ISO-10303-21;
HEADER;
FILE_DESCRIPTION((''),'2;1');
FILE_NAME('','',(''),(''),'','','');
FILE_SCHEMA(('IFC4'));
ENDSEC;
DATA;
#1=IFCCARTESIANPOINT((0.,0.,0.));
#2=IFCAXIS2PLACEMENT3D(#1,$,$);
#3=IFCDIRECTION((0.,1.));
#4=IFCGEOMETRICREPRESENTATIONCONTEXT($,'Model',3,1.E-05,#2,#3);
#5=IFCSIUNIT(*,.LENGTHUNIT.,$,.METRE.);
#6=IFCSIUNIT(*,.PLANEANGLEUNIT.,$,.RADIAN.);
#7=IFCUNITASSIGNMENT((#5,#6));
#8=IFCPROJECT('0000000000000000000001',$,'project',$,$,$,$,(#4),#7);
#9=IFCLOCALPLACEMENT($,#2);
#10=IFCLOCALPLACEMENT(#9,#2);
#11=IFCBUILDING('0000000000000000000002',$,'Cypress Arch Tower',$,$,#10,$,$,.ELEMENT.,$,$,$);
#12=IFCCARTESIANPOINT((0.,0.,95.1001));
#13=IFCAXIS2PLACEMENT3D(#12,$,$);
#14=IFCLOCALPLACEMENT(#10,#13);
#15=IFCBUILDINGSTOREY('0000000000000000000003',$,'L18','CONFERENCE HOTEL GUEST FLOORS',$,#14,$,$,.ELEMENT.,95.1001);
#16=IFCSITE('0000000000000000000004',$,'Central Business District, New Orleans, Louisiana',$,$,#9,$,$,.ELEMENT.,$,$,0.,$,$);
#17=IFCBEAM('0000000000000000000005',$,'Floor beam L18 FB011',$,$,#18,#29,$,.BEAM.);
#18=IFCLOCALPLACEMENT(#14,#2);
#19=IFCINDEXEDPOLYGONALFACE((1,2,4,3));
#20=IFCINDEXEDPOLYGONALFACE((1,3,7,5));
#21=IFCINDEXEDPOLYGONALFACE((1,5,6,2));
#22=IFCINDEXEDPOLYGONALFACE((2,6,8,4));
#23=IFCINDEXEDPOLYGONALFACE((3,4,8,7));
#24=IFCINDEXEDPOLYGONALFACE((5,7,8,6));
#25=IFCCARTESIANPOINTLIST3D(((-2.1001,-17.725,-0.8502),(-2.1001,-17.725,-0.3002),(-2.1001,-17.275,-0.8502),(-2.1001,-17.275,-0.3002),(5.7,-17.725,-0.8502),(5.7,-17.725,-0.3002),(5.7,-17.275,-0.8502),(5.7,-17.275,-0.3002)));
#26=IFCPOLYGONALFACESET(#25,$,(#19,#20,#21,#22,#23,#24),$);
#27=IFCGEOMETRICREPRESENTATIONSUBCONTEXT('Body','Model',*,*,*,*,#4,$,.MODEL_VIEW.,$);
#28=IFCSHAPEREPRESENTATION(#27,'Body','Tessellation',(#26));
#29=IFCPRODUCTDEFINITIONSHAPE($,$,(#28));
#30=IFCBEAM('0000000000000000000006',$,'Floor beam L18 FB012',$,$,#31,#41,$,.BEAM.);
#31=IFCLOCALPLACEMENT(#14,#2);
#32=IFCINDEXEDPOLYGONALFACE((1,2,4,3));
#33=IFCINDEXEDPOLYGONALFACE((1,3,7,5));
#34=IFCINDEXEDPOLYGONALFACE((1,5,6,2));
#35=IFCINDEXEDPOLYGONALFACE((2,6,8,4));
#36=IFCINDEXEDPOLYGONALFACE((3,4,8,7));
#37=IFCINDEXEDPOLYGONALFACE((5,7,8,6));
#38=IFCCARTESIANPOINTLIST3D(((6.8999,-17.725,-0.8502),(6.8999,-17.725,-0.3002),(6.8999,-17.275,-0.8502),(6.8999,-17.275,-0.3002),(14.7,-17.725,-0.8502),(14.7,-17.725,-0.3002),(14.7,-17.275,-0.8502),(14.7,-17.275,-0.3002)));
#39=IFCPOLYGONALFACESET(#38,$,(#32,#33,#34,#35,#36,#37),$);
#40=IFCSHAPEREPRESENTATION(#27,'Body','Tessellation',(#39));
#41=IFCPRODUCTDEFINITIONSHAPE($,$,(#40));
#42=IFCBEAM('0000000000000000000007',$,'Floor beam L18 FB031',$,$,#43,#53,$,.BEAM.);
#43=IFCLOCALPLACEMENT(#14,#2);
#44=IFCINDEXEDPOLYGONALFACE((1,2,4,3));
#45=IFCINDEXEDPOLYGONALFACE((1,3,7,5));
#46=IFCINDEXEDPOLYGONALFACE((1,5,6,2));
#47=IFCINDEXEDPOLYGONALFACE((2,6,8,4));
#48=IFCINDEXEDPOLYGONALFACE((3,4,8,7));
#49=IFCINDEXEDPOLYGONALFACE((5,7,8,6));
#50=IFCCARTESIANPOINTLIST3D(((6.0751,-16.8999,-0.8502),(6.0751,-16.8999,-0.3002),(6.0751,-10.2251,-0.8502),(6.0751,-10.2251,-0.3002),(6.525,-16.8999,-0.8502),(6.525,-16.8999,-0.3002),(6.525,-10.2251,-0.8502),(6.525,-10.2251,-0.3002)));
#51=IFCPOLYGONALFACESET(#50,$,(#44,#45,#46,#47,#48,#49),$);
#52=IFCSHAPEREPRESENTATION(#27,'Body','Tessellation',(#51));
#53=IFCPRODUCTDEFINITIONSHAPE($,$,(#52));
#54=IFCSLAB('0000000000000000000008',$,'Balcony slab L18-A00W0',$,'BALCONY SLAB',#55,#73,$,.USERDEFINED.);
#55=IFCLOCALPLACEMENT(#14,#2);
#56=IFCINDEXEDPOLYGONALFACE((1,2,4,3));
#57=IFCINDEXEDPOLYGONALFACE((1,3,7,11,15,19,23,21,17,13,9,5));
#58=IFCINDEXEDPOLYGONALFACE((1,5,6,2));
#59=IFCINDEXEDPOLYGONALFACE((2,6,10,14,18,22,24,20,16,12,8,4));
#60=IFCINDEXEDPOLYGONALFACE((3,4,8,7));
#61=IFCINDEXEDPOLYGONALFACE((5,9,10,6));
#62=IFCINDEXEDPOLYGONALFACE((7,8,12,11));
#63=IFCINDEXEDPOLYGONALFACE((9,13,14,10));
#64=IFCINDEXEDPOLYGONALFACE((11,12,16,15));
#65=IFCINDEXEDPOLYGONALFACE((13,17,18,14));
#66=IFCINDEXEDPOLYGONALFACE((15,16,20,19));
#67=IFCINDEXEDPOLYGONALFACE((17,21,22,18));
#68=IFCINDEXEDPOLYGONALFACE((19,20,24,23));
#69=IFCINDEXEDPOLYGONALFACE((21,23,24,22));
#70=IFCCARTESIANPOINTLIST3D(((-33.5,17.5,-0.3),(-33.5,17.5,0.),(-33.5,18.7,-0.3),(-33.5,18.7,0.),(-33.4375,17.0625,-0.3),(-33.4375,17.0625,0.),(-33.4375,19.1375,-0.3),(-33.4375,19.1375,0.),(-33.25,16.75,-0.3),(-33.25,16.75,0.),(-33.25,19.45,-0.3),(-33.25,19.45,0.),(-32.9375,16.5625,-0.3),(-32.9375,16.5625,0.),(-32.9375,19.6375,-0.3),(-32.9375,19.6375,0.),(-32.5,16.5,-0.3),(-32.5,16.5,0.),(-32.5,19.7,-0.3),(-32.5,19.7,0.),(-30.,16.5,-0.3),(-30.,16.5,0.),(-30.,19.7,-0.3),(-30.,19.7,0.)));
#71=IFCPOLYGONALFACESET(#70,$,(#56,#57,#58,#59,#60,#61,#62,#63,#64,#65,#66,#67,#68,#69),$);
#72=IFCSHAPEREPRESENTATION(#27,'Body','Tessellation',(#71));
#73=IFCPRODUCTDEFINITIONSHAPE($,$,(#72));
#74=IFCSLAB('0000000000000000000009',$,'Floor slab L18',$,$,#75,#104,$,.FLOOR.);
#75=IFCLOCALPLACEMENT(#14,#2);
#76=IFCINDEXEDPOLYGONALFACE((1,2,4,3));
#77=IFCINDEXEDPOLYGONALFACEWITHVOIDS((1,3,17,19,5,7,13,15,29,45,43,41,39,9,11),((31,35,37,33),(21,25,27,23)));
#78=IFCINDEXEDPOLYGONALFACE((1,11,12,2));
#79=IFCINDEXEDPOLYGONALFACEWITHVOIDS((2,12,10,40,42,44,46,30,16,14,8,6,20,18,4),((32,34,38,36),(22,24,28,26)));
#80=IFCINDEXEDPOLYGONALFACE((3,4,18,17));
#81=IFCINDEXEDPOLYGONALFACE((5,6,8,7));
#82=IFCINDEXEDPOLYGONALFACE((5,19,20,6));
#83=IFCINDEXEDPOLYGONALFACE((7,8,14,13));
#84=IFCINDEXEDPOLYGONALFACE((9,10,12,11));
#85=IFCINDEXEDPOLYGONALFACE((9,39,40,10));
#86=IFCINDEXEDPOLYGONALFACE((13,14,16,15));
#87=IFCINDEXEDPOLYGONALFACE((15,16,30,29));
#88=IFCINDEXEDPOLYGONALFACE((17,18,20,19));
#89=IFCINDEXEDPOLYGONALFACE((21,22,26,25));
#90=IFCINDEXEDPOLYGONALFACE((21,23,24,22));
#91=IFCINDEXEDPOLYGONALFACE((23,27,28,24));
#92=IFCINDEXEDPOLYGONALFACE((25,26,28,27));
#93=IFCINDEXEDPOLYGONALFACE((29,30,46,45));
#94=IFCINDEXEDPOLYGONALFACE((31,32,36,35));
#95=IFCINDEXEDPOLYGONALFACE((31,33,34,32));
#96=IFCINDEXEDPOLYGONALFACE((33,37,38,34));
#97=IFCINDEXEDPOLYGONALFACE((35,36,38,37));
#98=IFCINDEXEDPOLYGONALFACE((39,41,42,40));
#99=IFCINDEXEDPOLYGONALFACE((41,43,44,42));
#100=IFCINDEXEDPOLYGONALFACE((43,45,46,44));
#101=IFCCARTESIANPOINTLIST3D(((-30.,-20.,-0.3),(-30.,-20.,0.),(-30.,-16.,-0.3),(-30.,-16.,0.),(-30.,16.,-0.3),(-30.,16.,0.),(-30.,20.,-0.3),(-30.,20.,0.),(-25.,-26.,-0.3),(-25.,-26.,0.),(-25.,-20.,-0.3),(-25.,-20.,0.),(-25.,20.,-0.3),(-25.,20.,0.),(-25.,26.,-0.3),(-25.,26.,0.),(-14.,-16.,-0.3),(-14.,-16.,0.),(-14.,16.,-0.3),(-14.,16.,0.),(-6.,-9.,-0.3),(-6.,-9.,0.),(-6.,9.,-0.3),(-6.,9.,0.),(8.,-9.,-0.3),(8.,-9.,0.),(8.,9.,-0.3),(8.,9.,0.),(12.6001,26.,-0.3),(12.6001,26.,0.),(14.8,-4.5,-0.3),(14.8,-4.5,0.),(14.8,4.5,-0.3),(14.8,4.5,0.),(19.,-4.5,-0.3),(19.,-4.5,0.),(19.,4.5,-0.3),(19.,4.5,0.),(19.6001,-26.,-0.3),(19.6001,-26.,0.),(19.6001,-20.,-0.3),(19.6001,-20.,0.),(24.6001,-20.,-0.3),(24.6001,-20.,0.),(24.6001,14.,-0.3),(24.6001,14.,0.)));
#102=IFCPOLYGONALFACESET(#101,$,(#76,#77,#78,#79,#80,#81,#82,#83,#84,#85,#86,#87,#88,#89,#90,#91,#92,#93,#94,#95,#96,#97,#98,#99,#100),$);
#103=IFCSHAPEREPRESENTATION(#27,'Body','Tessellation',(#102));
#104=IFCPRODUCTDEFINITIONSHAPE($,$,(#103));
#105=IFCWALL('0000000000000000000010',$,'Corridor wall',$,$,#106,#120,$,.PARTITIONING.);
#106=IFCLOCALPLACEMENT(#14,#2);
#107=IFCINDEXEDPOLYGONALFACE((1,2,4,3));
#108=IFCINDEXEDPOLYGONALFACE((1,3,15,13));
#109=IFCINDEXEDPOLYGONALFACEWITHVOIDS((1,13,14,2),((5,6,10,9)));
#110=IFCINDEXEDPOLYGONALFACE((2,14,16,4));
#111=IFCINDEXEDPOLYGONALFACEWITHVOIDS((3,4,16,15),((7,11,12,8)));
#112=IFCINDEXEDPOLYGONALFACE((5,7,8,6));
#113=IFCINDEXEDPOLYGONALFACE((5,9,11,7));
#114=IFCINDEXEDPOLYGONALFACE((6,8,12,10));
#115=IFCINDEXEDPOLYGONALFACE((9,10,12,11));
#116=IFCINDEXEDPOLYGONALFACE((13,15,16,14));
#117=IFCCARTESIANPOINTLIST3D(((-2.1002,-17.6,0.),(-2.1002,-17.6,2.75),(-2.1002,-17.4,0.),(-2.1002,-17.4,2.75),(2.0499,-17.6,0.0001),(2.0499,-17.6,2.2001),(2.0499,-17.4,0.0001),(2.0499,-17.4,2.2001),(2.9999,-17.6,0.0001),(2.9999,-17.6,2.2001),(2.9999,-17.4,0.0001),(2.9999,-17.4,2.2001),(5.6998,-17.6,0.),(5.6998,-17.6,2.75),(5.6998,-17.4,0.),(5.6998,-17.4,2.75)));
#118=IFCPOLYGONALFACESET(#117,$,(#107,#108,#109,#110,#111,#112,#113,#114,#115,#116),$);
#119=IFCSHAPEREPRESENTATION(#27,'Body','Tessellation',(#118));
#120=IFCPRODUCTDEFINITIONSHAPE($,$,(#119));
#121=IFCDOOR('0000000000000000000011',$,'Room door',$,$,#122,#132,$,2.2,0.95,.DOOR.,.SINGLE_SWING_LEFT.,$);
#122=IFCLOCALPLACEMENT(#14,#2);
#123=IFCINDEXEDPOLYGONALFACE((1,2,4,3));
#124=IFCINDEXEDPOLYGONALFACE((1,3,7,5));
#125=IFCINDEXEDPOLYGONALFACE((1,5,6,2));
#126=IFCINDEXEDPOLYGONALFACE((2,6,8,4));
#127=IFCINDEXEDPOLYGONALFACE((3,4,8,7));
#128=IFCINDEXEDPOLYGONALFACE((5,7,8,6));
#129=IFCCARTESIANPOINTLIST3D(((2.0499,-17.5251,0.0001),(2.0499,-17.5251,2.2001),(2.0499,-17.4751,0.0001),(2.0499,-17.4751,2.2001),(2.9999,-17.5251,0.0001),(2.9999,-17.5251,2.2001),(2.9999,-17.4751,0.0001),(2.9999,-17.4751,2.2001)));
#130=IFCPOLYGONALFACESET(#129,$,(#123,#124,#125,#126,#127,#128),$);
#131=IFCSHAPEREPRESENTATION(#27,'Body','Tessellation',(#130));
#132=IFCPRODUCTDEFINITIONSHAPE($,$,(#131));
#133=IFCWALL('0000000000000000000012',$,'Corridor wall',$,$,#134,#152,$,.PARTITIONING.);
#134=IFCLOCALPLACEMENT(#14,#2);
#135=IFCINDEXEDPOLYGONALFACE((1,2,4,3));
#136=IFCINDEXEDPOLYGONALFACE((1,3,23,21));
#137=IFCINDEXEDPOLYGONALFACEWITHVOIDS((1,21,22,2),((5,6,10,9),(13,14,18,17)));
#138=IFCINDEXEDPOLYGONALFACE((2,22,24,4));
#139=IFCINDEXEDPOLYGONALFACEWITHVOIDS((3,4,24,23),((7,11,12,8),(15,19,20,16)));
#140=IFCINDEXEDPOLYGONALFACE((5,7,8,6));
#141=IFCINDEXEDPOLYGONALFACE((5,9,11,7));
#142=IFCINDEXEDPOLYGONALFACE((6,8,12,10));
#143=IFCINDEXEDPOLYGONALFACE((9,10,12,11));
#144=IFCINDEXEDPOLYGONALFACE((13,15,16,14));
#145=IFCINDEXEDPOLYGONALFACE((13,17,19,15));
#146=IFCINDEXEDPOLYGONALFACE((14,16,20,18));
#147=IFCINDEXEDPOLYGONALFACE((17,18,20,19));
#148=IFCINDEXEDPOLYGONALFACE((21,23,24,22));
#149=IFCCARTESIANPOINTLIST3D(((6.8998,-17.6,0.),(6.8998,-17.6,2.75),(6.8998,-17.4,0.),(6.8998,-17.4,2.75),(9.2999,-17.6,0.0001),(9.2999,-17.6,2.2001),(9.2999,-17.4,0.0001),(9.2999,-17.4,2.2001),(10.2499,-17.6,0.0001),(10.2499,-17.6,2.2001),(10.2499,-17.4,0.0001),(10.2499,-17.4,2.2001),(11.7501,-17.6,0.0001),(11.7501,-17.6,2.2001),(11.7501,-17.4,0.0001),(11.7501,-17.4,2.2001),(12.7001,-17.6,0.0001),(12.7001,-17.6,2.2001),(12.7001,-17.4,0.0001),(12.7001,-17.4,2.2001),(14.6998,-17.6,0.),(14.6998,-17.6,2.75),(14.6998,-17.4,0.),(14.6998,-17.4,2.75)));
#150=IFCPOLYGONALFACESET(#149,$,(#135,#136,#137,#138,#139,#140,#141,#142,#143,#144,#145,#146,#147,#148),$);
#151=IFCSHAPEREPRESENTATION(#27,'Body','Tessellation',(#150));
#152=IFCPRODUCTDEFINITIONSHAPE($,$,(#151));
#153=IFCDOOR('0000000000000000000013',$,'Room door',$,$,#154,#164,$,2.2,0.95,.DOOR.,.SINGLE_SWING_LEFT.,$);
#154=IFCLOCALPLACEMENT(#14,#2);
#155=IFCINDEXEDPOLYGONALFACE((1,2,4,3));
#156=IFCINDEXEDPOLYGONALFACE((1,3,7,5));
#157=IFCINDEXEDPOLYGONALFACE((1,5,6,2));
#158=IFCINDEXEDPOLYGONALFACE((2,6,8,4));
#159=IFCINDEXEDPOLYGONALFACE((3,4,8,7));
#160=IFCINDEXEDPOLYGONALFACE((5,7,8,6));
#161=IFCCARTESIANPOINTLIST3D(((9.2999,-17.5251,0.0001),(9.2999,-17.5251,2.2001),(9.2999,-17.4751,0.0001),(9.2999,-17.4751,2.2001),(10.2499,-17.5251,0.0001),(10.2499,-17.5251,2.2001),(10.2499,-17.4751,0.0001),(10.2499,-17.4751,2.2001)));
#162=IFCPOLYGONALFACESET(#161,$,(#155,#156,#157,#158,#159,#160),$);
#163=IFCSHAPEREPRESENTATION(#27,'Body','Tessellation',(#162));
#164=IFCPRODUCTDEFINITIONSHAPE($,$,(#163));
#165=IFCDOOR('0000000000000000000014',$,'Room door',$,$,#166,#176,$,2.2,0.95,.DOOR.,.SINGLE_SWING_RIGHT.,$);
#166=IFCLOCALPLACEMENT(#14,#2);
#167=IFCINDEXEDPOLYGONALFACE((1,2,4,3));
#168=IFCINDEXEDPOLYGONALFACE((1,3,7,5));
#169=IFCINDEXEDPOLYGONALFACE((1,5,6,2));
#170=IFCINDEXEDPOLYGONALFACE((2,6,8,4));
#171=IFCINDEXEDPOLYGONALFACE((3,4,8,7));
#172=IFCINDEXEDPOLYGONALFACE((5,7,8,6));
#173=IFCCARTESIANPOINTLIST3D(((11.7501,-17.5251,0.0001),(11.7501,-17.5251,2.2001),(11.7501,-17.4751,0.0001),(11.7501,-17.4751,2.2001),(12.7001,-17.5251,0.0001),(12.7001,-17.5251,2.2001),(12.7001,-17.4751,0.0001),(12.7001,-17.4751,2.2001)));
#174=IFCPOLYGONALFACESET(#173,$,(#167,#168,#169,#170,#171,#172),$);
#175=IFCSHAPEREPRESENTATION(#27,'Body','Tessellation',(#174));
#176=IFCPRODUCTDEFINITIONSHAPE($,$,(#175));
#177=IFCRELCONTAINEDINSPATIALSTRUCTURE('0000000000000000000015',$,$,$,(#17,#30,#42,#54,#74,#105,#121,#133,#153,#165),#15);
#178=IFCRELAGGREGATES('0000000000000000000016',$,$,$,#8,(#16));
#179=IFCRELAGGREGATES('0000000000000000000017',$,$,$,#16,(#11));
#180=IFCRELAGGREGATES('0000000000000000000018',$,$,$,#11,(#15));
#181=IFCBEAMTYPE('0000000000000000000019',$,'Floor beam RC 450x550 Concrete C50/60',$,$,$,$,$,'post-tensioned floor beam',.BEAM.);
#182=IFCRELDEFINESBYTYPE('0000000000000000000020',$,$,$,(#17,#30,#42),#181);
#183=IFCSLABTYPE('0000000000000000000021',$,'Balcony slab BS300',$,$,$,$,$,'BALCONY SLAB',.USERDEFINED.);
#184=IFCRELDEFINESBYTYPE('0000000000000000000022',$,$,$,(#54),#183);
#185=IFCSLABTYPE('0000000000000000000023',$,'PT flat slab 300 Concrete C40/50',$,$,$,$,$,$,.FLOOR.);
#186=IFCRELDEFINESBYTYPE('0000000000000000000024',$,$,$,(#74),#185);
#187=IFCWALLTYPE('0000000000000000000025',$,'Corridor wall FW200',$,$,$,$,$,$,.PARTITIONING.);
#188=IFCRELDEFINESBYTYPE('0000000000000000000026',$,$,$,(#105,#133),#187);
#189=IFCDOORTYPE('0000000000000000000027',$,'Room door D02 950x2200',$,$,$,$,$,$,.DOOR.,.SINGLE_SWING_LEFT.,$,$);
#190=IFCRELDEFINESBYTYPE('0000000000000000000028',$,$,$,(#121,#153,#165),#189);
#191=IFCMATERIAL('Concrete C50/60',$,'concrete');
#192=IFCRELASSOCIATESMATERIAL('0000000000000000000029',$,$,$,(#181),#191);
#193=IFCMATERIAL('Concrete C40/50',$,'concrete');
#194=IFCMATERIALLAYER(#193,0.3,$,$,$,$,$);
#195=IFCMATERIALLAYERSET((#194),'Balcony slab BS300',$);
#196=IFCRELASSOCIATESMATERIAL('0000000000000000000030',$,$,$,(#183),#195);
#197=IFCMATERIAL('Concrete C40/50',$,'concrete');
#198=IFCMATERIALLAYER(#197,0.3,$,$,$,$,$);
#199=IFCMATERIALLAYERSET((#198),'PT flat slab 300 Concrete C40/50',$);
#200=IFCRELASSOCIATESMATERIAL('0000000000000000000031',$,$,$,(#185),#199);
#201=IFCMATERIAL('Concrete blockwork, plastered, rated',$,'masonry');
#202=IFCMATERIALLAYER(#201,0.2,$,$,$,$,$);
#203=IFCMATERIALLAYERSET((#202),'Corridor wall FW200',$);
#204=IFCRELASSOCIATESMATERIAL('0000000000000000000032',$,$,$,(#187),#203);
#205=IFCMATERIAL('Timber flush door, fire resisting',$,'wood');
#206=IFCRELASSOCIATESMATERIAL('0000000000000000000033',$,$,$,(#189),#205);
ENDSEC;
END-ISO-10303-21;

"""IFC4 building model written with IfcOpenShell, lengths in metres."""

from ifc_helpers import new_model, si_unit, direction, frame, frame_2d, origin, origin_2d, place, context, subcontext, project, spatial, polyline, rectangle, outline, extrude, material, layer, layer_set, material_profile, profile_set, type_object, element, fill, save


model = new_model("IFC4")

# Units and contexts
model_context = context("Model", 3, precision=1e-05, world=origin(), true_north=direction((0.0, 1.0)))
body_context = subcontext(model_context, "Body", "Model", "MODEL_VIEW")
ifc_project = project(units=[si_unit("LENGTHUNIT", "METRE"), si_unit("PLANEANGLEUNIT", "RADIAN")], contexts=[model_context])

# Site, building, storey
site_placement = place(None, origin())
site = spatial("IfcSite", under=ifc_project, at=site_placement, Name="Central Business District, New Orleans, Louisiana", CompositionType="ELEMENT", RefElevation=0.0)
building_placement = place(site_placement, origin())
building = spatial("IfcBuilding", under=site, at=building_placement, Name="Cypress Arch Tower", CompositionType="ELEMENT")
storey_placement = place(building_placement, frame((0.0, 0.0, 95.1001)))
storey = spatial("IfcBuildingStorey", under=building, at=storey_placement, Name="L18", Description="CONFERENCE HOTEL GUEST FLOORS", CompositionType="ELEMENT", Elevation=95.1001)

# Beams
ifc_material_1 = material(Name="Concrete C50/60", Category="concrete")
ifc_material_profile_1 = material_profile(ifc_material_1, rectangle(XDim=0.45, YDim=0.55, at=origin_2d()), Name="RC 450x550")
ifc_profile_set_1 = profile_set([ifc_material_profile_1], Name="Concrete C50/60")
beam_type_1 = type_object("IfcBeamType", Name="Floor beam RC 450x550 Concrete C50/60", ElementType="post-tensioned floor beam", PredefinedType="BEAM", material=ifc_profile_set_1)
for number, where, z_axis, x_axis, name in (
    (1, (-2.1001, -17.5, -0.5752), (1.0, 0.0, 0.0), (0.0, 1.0, 0.0), "Floor beam L18 FB011"),
    (2, (6.8999, -17.5, -0.5752), (1.0, 0.0, 0.0), (0.0, 1.0, 0.0), "Floor beam L18 FB012"),
):
    element("IfcBeam", number, at=place(storey_placement, frame(where, z_axis=z_axis, x_axis=x_axis)), inside=storey, type_object=beam_type_1, Name=name, PredefinedType="BEAM", context=body_context, shape_type="SweptSolid", body=[
        extrude(rectangle(XDim=0.45, YDim=0.55, at=origin_2d()), origin(), (0.0, 0.0, 1.0), 7.8),
    ])
beam_1_placement = place(storey_placement, frame((6.3, -16.8999, -0.5752), z_axis=(0.0, 1.0, 0.0), x_axis=(-1.0, 0.0, 0.0)))
element("IfcBeam", 3, at=beam_1_placement, inside=storey, type_object=beam_type_1, Name="Floor beam L18 FB031", PredefinedType="BEAM", context=body_context, shape_type="SweptSolid", body=[
    extrude(rectangle(XDim=0.45, YDim=0.55, at=origin_2d()), origin(), (0.0, 0.0, 1.0), 6.6748),
])

# Slabs
ifc_material_2 = material(Name="Concrete C40/50", Category="concrete")
ifc_layer_1 = layer(ifc_material_2, 0.3)
ifc_layer_set_1 = layer_set([ifc_layer_1], Name="Balcony slab BS300")
slab_type_1 = type_object("IfcSlabType", Name="Balcony slab BS300", ElementType="BALCONY SLAB", PredefinedType="USERDEFINED", material=ifc_layer_set_1)
slab_1_placement = place(storey_placement, frame((0.0, 0.0, -0.3)))
element("IfcSlab", 4, at=slab_1_placement, inside=storey, type_object=slab_type_1, Name="Balcony slab L18-A00W0", ObjectType="BALCONY SLAB", PredefinedType="USERDEFINED", context=body_context, shape_type="SweptSolid", body=[
    extrude(outline(polyline([(-30.0, 19.7), (-32.5, 19.7), (-32.9375, 19.6375), (-33.25, 19.45), (-33.4375, 19.1375), (-33.5, 18.7), (-33.5, 17.5), (-33.4375, 17.0625), (-33.25, 16.75), (-32.9375, 16.5625), (-32.5, 16.5), (-30.0, 16.5), (-30.0, 19.7)])), origin(), (0.0, 0.0, 1.0), 0.3),
])
ifc_material_3 = material(Name="Concrete C40/50", Category="concrete")
ifc_layer_2 = layer(ifc_material_3, 0.3)
ifc_layer_set_2 = layer_set([ifc_layer_2], Name="PT flat slab 300 Concrete C40/50")
slab_type_2 = type_object("IfcSlabType", Name="PT flat slab 300 Concrete C40/50", PredefinedType="FLOOR", material=ifc_layer_set_2)
slab_2_placement = place(storey_placement, frame((0.0, 0.0, -0.3)))
element("IfcSlab", 5, at=slab_2_placement, inside=storey, type_object=slab_type_2, Name="Floor slab L18", PredefinedType="FLOOR", context=body_context, shape_type="SweptSolid", body=[
    extrude(outline(polyline([(-30.0, 20.0), (-25.0, 20.0), (-25.0, 26.0), (12.6001, 26.0), (24.6001, 14.0), (24.6001, -20.0), (19.6001, -20.0), (19.6001, -26.0), (-25.0, -26.0), (-25.0, -20.0), (-30.0, -20.0), (-30.0, -16.0), (-14.0, -16.0), (-14.0, 16.0), (-30.0, 16.0), (-30.0, 20.0)]), holes=[polyline([(-6.0, -9.0), (8.0, -9.0), (8.0, 9.0), (-6.0, 9.0), (-6.0, -9.0)]), polyline([(14.8, -4.5), (19.0, -4.5), (19.0, 4.5), (14.8, 4.5), (14.8, -4.5)])]), origin(), (0.0, 0.0, 1.0), 0.3),
])

# Wall, opening, door
ifc_material_4 = material(Name="Concrete blockwork, plastered, rated", Category="masonry")
ifc_layer_3 = layer(ifc_material_4, 0.2)
ifc_layer_set_3 = layer_set([ifc_layer_3], Name="Corridor wall FW200")
wall_type_1 = type_object("IfcWallType", Name="Corridor wall FW200", PredefinedType="PARTITIONING", material=ifc_layer_set_3)
wall_1_placement = place(storey_placement, frame((-2.1001, -17.5, 0.0), z_axis=(0.0, 0.0, 1.0), x_axis=(1.0, 0.0, 0.0)))
wall_1 = element("IfcWall", 6, at=wall_1_placement, inside=storey, type_object=wall_type_1, Name="Corridor wall", PredefinedType="PARTITIONING", context=body_context, shape_type="SweptSolid", body=[
    extrude(rectangle(XDim=7.8, YDim=0.2, at=frame_2d((3.8999, 0.0))), origin(), (0.0, 0.0, 1.0), 2.75),
])
opening_1_placement = place(wall_1_placement, frame((4.1499, 0.0, 0.0)))
opening_1 = element("IfcOpeningElement", 7, at=opening_1_placement, cuts=wall_1, PredefinedType="OPENING", context=body_context, shape_type="SweptSolid", body=[
    extrude(rectangle(XDim=0.95, YDim=2.2, at=frame_2d((0.4751, 1.1001))), frame((0.0, 0.1099, 0.0), z_axis=(0.0, -1.0, 0.0), x_axis=(1.0, 0.0, 0.0)), (0.0, 0.0, 1.0), 0.22),
])
ifc_material_5 = material(Name="Timber flush door, fire resisting", Category="wood")
door_type_1 = type_object("IfcDoorType", Name="Room door D02 950x2200", OperationType="SINGLE_SWING_LEFT", PredefinedType="DOOR", material=ifc_material_5)
door_1_placement = place(opening_1_placement, origin())
door_1 = element("IfcDoor", 8, at=door_1_placement, inside=storey, type_object=door_type_1, Name="Room door", OperationType="SINGLE_SWING_LEFT", OverallHeight=2.2, OverallWidth=0.95, PredefinedType="DOOR", context=body_context, shape_type="SweptSolid", body=[
    extrude(rectangle(XDim=0.95, YDim=2.2, at=frame_2d((0.4751, 1.1001))), frame((0.0, 0.0249, 0.0), z_axis=(0.0, -1.0, 0.0), x_axis=(1.0, 0.0, 0.0)), (0.0, 0.0, 1.0), 0.05),
])
fill(opening_1, door_1)

# Wall, openings, doors
wall_2_placement = place(storey_placement, frame((6.8999, -17.5, 0.0), z_axis=(0.0, 0.0, 1.0), x_axis=(1.0, 0.0, 0.0)))
wall_2 = element("IfcWall", 9, at=wall_2_placement, inside=storey, type_object=wall_type_1, Name="Corridor wall", PredefinedType="PARTITIONING", context=body_context, shape_type="SweptSolid", body=[
    extrude(rectangle(XDim=7.8, YDim=0.2, at=frame_2d((3.8999, 0.0))), origin(), (0.0, 0.0, 1.0), 2.75),
])
opening_2_placement = place(wall_2_placement, frame((2.3999, 0.0, 0.0)))
opening_2 = element("IfcOpeningElement", 10, at=opening_2_placement, cuts=wall_2, PredefinedType="OPENING", context=body_context, shape_type="SweptSolid", body=[
    extrude(rectangle(XDim=0.95, YDim=2.2, at=frame_2d((0.4751, 1.1001))), frame((0.0, 0.1099, 0.0), z_axis=(0.0, -1.0, 0.0), x_axis=(1.0, 0.0, 0.0)), (0.0, 0.0, 1.0), 0.22),
])
opening_3_placement = place(wall_2_placement, frame((4.8501, 0.0, 0.0)))
opening_3 = element("IfcOpeningElement", 11, at=opening_3_placement, cuts=wall_2, PredefinedType="OPENING", context=body_context, shape_type="SweptSolid", body=[
    extrude(rectangle(XDim=0.95, YDim=2.2, at=frame_2d((0.4751, 1.1001))), frame((0.0, 0.1099, 0.0), z_axis=(0.0, -1.0, 0.0), x_axis=(1.0, 0.0, 0.0)), (0.0, 0.0, 1.0), 0.22),
])
door_2_placement = place(opening_2_placement, origin())
door_2 = element("IfcDoor", 12, at=door_2_placement, inside=storey, type_object=door_type_1, Name="Room door", OperationType="SINGLE_SWING_LEFT", OverallHeight=2.2, OverallWidth=0.95, PredefinedType="DOOR", context=body_context, shape_type="SweptSolid", body=[
    extrude(rectangle(XDim=0.95, YDim=2.2, at=frame_2d((0.4751, 1.1001))), frame((0.0, 0.0249, 0.0), z_axis=(0.0, -1.0, 0.0), x_axis=(1.0, 0.0, 0.0)), (0.0, 0.0, 1.0), 0.05),
])
fill(opening_2, door_2)
door_3_placement = place(opening_3_placement, origin())
door_3 = element("IfcDoor", 13, at=door_3_placement, inside=storey, type_object=door_type_1, Name="Room door", OperationType="SINGLE_SWING_RIGHT", OverallHeight=2.2, OverallWidth=0.95, PredefinedType="DOOR", context=body_context, shape_type="SweptSolid", body=[
    extrude(rectangle(XDim=0.95, YDim=2.2, at=frame_2d((0.4751, 1.1001))), frame((0.0, 0.0249, 0.0), z_axis=(0.0, -1.0, 0.0), x_axis=(1.0, 0.0, 0.0)), (0.0, 0.0, 1.0), 0.05),
])
fill(opening_3, door_3)

save(model, "model.ifc")
